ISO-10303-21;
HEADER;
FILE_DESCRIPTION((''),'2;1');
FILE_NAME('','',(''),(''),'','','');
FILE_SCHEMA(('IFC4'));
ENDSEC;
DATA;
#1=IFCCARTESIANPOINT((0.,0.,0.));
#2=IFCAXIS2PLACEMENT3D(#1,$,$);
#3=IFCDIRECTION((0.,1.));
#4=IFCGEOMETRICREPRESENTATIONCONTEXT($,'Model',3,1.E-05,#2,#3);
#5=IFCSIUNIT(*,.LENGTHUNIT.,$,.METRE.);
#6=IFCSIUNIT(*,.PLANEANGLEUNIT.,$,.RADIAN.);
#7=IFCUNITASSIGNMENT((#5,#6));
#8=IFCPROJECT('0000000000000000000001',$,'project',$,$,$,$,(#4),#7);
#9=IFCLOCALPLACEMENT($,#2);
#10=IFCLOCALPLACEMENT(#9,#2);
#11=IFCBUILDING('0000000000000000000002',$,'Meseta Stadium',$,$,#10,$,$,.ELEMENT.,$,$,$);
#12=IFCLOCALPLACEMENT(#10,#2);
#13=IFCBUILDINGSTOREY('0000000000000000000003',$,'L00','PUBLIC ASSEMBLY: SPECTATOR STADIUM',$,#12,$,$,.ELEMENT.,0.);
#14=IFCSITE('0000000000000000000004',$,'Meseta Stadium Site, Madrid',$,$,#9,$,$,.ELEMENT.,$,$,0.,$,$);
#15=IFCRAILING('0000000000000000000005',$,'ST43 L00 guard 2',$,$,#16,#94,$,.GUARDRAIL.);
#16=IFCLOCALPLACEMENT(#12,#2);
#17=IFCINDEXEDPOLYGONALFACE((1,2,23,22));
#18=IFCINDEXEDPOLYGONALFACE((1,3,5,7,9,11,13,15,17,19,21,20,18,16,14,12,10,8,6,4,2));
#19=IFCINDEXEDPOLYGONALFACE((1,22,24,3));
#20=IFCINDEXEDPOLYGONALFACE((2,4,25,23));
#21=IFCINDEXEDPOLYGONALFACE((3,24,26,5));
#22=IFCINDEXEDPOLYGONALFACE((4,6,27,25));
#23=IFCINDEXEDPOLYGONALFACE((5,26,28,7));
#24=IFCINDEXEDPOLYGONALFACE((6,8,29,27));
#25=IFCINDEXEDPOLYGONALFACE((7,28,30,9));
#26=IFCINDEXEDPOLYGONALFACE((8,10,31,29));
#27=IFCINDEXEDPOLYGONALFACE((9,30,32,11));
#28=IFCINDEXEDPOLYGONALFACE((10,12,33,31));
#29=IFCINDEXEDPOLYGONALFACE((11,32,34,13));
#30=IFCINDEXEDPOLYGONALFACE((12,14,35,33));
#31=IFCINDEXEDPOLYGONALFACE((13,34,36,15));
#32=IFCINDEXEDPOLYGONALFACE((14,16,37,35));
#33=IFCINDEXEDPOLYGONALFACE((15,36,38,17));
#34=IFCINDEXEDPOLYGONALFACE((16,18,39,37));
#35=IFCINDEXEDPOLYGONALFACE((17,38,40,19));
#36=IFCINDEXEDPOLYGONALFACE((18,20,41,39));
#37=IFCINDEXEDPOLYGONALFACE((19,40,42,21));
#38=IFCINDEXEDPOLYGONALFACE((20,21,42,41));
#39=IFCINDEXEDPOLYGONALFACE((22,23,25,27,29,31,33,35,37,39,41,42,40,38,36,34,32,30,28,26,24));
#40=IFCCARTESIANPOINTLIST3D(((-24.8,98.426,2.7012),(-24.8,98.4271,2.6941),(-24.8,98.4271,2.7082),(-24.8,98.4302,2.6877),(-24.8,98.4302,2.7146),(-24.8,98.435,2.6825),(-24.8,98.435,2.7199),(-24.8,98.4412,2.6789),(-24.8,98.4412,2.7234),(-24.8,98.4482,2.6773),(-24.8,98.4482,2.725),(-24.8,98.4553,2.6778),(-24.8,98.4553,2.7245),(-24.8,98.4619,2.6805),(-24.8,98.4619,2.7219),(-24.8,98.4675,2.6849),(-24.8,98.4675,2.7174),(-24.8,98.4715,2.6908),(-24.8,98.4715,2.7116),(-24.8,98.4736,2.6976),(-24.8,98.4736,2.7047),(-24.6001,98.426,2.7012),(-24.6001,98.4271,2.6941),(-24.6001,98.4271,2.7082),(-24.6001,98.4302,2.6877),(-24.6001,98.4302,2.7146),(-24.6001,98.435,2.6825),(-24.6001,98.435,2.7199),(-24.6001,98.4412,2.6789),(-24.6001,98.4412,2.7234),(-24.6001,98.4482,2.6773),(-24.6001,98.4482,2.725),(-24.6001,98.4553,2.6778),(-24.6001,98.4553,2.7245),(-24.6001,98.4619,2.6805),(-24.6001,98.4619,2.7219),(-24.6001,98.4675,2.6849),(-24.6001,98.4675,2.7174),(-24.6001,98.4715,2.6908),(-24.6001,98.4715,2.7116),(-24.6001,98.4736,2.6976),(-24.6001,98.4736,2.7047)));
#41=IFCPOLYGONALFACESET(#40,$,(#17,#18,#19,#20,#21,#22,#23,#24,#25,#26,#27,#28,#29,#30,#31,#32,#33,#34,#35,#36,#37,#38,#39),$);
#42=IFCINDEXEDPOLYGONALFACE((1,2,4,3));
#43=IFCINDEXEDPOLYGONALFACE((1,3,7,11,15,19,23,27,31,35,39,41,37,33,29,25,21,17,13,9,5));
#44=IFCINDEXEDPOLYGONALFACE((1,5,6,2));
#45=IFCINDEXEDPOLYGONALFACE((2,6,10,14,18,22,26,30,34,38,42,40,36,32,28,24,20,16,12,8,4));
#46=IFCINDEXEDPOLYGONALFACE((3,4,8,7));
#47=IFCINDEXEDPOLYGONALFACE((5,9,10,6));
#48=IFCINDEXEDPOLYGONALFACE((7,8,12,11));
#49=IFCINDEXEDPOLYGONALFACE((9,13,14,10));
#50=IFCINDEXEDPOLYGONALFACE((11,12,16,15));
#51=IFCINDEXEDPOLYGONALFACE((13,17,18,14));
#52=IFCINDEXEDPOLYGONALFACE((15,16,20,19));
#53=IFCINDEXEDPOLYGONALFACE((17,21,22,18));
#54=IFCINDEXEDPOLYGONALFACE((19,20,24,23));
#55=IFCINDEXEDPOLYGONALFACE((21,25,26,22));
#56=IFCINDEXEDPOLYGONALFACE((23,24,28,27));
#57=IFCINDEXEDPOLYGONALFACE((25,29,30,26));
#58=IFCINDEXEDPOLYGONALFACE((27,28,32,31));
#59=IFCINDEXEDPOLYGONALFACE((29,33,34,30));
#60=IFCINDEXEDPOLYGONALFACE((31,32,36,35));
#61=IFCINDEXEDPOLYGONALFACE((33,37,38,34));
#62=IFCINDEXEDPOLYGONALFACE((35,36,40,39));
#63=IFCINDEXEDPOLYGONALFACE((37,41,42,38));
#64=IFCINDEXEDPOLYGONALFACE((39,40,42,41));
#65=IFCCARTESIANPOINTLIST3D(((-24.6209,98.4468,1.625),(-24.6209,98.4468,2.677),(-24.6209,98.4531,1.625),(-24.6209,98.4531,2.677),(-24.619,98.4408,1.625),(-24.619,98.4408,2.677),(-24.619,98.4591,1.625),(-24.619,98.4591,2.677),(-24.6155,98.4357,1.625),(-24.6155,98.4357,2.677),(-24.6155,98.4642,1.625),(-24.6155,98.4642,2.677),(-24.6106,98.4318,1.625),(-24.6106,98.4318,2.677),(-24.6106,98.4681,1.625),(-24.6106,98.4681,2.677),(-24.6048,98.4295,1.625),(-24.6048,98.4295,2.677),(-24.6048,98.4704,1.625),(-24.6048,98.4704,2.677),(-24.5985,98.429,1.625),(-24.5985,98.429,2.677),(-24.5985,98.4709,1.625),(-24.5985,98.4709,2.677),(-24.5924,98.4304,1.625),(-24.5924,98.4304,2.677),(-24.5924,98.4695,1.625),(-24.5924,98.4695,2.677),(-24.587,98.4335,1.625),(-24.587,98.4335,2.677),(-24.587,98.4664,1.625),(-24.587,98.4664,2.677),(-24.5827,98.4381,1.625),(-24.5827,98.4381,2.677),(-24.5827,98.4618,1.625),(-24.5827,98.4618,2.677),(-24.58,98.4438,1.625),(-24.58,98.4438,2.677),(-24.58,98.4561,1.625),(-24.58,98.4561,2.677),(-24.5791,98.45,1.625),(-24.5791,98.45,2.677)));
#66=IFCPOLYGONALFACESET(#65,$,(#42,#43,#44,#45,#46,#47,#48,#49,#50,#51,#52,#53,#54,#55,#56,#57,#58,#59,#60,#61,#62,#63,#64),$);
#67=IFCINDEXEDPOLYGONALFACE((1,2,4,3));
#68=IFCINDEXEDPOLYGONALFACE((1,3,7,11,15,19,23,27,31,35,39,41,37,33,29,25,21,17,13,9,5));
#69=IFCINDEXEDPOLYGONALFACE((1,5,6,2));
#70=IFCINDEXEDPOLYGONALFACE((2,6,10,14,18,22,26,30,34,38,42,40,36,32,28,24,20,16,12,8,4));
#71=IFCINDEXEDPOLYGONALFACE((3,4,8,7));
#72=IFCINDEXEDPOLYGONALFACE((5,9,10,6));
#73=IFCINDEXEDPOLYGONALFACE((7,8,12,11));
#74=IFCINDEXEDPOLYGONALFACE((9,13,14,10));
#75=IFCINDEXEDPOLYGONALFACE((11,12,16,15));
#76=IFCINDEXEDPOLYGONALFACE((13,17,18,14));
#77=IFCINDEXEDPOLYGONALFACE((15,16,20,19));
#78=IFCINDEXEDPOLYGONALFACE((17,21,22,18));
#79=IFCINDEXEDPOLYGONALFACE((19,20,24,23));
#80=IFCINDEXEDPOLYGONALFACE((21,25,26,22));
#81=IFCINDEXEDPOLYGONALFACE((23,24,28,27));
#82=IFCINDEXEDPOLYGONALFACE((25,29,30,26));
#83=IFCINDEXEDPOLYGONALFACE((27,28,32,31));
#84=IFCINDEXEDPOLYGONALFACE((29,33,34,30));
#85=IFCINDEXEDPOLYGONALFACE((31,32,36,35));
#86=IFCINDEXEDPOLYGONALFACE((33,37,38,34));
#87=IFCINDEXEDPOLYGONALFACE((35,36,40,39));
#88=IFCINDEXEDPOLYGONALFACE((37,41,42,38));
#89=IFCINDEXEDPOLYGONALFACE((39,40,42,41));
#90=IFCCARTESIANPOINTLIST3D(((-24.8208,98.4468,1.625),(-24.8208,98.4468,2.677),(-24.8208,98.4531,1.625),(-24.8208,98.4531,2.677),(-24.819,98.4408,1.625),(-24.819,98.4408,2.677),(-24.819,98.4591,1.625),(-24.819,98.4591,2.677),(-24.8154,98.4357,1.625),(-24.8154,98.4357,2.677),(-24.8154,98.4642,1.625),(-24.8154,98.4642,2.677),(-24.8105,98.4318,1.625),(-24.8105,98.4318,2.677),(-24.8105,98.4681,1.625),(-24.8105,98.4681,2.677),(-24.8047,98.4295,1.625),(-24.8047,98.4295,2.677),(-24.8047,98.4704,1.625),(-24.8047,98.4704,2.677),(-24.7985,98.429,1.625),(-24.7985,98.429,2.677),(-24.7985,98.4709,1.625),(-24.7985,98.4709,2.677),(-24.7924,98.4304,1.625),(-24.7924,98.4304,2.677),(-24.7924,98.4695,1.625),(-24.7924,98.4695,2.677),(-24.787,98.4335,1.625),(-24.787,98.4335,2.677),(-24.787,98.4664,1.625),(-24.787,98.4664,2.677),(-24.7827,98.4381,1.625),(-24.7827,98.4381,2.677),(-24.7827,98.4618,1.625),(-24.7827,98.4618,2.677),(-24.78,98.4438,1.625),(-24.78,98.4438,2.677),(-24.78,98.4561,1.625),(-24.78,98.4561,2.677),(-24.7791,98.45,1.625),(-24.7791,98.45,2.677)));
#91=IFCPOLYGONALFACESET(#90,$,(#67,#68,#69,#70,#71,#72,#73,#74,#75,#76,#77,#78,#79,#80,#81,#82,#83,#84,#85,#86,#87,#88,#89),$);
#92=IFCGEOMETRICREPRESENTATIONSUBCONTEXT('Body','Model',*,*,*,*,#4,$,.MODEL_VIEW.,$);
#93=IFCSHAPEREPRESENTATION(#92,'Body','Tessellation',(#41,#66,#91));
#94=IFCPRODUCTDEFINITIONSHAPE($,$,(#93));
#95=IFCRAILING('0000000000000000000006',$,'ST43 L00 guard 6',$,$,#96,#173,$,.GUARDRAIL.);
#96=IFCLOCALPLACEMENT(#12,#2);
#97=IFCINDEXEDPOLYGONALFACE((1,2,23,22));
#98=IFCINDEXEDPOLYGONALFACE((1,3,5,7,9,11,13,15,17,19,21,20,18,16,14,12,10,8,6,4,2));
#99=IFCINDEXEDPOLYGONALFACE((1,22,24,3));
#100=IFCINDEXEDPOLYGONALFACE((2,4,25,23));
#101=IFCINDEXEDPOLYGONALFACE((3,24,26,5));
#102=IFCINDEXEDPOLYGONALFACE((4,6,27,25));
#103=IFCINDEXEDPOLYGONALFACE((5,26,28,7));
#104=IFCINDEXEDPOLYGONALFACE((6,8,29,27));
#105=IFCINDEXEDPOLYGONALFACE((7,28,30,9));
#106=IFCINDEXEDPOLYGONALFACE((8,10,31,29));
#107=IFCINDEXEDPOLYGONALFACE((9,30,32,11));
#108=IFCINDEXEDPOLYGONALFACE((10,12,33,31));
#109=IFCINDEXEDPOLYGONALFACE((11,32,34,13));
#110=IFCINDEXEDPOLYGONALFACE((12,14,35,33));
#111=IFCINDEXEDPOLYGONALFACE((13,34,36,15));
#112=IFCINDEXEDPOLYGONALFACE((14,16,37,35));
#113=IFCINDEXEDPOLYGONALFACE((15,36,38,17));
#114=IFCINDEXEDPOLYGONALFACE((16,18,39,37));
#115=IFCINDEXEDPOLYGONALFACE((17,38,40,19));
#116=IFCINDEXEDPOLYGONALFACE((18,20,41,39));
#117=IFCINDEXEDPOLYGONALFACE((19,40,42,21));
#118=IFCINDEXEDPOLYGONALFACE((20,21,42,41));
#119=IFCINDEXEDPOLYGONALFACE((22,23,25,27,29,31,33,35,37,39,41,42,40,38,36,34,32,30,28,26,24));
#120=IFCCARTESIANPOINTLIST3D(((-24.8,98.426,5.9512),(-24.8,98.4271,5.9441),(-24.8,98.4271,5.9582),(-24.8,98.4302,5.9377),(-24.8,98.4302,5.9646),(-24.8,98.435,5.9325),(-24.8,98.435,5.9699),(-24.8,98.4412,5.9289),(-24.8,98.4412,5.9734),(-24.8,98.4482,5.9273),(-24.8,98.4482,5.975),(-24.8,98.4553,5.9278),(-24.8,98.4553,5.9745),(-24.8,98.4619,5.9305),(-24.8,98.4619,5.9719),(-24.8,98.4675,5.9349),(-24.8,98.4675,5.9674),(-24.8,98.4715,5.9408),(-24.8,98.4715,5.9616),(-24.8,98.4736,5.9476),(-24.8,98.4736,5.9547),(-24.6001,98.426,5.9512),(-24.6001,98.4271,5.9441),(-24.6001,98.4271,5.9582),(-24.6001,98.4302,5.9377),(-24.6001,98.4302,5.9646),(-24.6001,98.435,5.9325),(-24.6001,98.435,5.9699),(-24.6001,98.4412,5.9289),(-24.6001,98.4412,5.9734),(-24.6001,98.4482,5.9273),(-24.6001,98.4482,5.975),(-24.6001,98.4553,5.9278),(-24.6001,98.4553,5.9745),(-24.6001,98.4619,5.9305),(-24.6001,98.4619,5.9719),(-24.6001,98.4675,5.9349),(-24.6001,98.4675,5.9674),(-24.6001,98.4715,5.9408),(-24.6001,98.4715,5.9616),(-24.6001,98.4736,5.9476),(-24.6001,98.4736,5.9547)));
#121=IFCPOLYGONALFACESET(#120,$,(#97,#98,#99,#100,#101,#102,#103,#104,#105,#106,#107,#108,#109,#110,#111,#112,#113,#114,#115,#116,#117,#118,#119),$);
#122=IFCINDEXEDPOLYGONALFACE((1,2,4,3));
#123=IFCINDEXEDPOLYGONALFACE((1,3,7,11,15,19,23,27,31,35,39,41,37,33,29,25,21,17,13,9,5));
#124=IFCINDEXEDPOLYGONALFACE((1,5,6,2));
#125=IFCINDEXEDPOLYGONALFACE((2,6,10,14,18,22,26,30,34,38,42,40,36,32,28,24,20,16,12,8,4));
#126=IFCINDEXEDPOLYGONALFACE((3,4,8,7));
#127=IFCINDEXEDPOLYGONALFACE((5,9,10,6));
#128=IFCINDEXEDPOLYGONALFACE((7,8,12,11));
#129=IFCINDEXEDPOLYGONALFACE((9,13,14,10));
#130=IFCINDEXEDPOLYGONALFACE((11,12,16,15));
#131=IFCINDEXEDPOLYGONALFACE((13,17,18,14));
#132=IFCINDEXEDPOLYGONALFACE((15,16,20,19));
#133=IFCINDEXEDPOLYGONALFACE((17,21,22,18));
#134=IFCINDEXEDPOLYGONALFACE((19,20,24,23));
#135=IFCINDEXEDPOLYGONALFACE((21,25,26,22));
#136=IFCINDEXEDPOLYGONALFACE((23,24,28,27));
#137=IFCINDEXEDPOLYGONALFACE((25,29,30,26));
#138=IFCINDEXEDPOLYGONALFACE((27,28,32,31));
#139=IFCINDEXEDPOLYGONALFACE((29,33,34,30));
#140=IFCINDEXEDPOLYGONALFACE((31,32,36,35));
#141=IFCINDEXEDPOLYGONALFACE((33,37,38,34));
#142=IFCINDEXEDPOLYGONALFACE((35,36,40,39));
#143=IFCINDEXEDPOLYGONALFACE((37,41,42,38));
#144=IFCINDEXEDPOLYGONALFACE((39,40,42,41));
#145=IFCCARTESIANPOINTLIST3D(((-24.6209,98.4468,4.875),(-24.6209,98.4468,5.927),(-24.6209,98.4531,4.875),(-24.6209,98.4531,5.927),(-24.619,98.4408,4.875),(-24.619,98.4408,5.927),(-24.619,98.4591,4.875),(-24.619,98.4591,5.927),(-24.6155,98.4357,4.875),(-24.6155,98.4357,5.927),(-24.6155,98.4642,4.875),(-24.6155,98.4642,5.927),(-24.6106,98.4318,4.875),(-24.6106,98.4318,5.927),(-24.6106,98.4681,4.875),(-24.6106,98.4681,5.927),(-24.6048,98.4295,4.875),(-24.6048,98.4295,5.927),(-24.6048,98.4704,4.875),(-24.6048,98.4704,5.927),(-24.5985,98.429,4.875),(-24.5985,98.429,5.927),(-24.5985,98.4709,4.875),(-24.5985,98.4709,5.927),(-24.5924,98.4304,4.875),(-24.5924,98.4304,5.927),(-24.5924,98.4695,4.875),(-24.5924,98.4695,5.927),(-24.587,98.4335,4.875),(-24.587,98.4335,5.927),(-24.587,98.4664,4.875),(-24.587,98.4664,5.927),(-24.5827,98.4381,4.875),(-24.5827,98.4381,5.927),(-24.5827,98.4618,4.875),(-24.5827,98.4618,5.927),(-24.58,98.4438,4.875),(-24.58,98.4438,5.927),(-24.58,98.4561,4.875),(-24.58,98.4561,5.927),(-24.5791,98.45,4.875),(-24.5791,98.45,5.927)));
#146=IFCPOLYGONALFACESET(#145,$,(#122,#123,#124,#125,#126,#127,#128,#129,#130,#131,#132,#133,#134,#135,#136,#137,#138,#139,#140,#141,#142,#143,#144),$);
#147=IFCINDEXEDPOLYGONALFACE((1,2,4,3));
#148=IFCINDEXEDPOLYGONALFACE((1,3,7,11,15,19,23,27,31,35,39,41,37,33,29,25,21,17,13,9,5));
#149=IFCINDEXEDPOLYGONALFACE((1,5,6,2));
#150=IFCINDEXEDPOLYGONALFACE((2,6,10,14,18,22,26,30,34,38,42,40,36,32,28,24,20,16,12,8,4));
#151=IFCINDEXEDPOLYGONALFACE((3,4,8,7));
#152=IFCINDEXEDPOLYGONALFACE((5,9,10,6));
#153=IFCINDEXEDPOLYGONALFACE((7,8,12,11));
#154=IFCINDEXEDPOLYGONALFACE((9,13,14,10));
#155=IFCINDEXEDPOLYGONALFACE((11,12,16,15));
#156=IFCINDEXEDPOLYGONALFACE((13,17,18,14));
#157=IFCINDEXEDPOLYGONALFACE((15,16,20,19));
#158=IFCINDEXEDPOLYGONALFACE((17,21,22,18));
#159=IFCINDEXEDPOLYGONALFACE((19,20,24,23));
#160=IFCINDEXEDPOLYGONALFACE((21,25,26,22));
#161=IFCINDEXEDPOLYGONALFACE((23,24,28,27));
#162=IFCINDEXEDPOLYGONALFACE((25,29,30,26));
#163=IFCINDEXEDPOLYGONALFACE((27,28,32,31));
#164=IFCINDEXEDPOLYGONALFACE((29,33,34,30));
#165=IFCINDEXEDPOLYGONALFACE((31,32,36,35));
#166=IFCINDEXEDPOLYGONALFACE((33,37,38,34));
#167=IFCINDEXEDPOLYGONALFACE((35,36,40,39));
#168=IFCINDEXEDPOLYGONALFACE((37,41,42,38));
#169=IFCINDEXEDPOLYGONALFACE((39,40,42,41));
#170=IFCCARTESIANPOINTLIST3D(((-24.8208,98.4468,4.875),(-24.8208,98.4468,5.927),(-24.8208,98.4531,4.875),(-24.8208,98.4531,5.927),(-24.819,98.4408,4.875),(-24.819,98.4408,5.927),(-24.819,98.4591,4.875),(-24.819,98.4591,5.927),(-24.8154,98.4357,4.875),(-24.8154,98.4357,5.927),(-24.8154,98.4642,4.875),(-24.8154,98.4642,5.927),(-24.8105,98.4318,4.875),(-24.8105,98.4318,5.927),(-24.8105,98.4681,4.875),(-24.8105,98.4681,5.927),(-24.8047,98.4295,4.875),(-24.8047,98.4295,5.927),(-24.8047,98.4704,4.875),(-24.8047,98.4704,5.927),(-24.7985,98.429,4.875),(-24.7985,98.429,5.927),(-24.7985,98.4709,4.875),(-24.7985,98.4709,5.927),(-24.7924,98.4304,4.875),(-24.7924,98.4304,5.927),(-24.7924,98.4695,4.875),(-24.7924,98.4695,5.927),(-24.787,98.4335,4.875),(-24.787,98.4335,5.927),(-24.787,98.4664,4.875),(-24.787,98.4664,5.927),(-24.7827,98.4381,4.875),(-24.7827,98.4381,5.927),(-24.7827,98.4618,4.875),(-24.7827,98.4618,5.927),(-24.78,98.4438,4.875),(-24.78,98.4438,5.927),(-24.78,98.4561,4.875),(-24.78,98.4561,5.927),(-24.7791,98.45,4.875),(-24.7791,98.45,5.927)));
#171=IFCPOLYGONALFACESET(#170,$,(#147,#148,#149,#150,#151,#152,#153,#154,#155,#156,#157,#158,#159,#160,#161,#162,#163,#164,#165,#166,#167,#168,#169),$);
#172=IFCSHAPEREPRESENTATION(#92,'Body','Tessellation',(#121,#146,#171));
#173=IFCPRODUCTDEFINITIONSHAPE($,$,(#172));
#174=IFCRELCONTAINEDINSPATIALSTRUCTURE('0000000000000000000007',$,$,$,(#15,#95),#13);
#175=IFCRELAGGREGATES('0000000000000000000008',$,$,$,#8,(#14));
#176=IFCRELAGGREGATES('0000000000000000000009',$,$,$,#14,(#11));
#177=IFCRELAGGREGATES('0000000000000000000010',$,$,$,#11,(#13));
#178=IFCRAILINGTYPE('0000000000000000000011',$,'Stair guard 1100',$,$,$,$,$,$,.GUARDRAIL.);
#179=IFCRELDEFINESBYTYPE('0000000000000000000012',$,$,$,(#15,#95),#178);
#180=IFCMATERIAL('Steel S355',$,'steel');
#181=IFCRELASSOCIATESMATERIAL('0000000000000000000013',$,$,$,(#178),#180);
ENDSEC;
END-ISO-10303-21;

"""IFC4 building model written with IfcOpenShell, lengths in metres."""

from ifc_helpers import new_model, si_unit, direction, frame, origin, origin_2d, place, context, subcontext, project, spatial, circle, extrude, material, type_object, element, save


model = new_model("IFC4")

# Units and contexts
model_context = context("Model", 3, precision=1e-05, world=origin(), true_north=direction((0.0, 1.0)))
body_context = subcontext(model_context, "Body", "Model", "MODEL_VIEW")
ifc_project = project(units=[si_unit("LENGTHUNIT", "METRE"), si_unit("PLANEANGLEUNIT", "RADIAN")], contexts=[model_context])

# Site, building, storey
site_placement = place(None, origin())
site = spatial("IfcSite", under=ifc_project, at=site_placement, Name="Meseta Stadium Site, Madrid", CompositionType="ELEMENT", RefElevation=0.0)
building_placement = place(site_placement, origin())
building = spatial("IfcBuilding", under=site, at=building_placement, Name="Meseta Stadium", CompositionType="ELEMENT")
storey_placement = place(building_placement, origin())
storey = spatial("IfcBuildingStorey", under=building, at=storey_placement, Name="L00", Description="PUBLIC ASSEMBLY: SPECTATOR STADIUM", CompositionType="ELEMENT", Elevation=0.0)

# Railings
ifc_material_1 = material(Name="Steel S355", Category="steel")
railing_type_1 = type_object("IfcRailingType", Name="Stair guard 1100", PredefinedType="GUARDRAIL", material=ifc_material_1)
for number, where, name in (
    (1, (-24.6001, 98.45, 1.625), "ST43 L00 guard 2"),
    (2, (-24.6001, 98.45, 4.875), "ST43 L00 guard 6"),
):
    element("IfcRailing", number, at=place(storey_placement, frame(where)), inside=storey, type_object=railing_type_1, Name=name, PredefinedType="GUARDRAIL", context=body_context, shape_type="SweptSolid", body=[
        extrude(circle(Radius=0.0239, at=origin_2d()), frame((0.0, 0.0, 1.0762), z_axis=(-1.0, 0.0, 0.0), x_axis=(0.0, -1.0, 0.0)), (0.0, 0.0, 1.0), 0.2),
        extrude(circle(Radius=0.021, at=origin_2d()), origin(), (0.0, 0.0, 1.0), 1.052),
        extrude(circle(Radius=0.021, at=origin_2d()), frame((-0.2, 0.0, 0.0)), (0.0, 0.0, 1.0), 1.052),
    ])

save(model, "model.ifc")
